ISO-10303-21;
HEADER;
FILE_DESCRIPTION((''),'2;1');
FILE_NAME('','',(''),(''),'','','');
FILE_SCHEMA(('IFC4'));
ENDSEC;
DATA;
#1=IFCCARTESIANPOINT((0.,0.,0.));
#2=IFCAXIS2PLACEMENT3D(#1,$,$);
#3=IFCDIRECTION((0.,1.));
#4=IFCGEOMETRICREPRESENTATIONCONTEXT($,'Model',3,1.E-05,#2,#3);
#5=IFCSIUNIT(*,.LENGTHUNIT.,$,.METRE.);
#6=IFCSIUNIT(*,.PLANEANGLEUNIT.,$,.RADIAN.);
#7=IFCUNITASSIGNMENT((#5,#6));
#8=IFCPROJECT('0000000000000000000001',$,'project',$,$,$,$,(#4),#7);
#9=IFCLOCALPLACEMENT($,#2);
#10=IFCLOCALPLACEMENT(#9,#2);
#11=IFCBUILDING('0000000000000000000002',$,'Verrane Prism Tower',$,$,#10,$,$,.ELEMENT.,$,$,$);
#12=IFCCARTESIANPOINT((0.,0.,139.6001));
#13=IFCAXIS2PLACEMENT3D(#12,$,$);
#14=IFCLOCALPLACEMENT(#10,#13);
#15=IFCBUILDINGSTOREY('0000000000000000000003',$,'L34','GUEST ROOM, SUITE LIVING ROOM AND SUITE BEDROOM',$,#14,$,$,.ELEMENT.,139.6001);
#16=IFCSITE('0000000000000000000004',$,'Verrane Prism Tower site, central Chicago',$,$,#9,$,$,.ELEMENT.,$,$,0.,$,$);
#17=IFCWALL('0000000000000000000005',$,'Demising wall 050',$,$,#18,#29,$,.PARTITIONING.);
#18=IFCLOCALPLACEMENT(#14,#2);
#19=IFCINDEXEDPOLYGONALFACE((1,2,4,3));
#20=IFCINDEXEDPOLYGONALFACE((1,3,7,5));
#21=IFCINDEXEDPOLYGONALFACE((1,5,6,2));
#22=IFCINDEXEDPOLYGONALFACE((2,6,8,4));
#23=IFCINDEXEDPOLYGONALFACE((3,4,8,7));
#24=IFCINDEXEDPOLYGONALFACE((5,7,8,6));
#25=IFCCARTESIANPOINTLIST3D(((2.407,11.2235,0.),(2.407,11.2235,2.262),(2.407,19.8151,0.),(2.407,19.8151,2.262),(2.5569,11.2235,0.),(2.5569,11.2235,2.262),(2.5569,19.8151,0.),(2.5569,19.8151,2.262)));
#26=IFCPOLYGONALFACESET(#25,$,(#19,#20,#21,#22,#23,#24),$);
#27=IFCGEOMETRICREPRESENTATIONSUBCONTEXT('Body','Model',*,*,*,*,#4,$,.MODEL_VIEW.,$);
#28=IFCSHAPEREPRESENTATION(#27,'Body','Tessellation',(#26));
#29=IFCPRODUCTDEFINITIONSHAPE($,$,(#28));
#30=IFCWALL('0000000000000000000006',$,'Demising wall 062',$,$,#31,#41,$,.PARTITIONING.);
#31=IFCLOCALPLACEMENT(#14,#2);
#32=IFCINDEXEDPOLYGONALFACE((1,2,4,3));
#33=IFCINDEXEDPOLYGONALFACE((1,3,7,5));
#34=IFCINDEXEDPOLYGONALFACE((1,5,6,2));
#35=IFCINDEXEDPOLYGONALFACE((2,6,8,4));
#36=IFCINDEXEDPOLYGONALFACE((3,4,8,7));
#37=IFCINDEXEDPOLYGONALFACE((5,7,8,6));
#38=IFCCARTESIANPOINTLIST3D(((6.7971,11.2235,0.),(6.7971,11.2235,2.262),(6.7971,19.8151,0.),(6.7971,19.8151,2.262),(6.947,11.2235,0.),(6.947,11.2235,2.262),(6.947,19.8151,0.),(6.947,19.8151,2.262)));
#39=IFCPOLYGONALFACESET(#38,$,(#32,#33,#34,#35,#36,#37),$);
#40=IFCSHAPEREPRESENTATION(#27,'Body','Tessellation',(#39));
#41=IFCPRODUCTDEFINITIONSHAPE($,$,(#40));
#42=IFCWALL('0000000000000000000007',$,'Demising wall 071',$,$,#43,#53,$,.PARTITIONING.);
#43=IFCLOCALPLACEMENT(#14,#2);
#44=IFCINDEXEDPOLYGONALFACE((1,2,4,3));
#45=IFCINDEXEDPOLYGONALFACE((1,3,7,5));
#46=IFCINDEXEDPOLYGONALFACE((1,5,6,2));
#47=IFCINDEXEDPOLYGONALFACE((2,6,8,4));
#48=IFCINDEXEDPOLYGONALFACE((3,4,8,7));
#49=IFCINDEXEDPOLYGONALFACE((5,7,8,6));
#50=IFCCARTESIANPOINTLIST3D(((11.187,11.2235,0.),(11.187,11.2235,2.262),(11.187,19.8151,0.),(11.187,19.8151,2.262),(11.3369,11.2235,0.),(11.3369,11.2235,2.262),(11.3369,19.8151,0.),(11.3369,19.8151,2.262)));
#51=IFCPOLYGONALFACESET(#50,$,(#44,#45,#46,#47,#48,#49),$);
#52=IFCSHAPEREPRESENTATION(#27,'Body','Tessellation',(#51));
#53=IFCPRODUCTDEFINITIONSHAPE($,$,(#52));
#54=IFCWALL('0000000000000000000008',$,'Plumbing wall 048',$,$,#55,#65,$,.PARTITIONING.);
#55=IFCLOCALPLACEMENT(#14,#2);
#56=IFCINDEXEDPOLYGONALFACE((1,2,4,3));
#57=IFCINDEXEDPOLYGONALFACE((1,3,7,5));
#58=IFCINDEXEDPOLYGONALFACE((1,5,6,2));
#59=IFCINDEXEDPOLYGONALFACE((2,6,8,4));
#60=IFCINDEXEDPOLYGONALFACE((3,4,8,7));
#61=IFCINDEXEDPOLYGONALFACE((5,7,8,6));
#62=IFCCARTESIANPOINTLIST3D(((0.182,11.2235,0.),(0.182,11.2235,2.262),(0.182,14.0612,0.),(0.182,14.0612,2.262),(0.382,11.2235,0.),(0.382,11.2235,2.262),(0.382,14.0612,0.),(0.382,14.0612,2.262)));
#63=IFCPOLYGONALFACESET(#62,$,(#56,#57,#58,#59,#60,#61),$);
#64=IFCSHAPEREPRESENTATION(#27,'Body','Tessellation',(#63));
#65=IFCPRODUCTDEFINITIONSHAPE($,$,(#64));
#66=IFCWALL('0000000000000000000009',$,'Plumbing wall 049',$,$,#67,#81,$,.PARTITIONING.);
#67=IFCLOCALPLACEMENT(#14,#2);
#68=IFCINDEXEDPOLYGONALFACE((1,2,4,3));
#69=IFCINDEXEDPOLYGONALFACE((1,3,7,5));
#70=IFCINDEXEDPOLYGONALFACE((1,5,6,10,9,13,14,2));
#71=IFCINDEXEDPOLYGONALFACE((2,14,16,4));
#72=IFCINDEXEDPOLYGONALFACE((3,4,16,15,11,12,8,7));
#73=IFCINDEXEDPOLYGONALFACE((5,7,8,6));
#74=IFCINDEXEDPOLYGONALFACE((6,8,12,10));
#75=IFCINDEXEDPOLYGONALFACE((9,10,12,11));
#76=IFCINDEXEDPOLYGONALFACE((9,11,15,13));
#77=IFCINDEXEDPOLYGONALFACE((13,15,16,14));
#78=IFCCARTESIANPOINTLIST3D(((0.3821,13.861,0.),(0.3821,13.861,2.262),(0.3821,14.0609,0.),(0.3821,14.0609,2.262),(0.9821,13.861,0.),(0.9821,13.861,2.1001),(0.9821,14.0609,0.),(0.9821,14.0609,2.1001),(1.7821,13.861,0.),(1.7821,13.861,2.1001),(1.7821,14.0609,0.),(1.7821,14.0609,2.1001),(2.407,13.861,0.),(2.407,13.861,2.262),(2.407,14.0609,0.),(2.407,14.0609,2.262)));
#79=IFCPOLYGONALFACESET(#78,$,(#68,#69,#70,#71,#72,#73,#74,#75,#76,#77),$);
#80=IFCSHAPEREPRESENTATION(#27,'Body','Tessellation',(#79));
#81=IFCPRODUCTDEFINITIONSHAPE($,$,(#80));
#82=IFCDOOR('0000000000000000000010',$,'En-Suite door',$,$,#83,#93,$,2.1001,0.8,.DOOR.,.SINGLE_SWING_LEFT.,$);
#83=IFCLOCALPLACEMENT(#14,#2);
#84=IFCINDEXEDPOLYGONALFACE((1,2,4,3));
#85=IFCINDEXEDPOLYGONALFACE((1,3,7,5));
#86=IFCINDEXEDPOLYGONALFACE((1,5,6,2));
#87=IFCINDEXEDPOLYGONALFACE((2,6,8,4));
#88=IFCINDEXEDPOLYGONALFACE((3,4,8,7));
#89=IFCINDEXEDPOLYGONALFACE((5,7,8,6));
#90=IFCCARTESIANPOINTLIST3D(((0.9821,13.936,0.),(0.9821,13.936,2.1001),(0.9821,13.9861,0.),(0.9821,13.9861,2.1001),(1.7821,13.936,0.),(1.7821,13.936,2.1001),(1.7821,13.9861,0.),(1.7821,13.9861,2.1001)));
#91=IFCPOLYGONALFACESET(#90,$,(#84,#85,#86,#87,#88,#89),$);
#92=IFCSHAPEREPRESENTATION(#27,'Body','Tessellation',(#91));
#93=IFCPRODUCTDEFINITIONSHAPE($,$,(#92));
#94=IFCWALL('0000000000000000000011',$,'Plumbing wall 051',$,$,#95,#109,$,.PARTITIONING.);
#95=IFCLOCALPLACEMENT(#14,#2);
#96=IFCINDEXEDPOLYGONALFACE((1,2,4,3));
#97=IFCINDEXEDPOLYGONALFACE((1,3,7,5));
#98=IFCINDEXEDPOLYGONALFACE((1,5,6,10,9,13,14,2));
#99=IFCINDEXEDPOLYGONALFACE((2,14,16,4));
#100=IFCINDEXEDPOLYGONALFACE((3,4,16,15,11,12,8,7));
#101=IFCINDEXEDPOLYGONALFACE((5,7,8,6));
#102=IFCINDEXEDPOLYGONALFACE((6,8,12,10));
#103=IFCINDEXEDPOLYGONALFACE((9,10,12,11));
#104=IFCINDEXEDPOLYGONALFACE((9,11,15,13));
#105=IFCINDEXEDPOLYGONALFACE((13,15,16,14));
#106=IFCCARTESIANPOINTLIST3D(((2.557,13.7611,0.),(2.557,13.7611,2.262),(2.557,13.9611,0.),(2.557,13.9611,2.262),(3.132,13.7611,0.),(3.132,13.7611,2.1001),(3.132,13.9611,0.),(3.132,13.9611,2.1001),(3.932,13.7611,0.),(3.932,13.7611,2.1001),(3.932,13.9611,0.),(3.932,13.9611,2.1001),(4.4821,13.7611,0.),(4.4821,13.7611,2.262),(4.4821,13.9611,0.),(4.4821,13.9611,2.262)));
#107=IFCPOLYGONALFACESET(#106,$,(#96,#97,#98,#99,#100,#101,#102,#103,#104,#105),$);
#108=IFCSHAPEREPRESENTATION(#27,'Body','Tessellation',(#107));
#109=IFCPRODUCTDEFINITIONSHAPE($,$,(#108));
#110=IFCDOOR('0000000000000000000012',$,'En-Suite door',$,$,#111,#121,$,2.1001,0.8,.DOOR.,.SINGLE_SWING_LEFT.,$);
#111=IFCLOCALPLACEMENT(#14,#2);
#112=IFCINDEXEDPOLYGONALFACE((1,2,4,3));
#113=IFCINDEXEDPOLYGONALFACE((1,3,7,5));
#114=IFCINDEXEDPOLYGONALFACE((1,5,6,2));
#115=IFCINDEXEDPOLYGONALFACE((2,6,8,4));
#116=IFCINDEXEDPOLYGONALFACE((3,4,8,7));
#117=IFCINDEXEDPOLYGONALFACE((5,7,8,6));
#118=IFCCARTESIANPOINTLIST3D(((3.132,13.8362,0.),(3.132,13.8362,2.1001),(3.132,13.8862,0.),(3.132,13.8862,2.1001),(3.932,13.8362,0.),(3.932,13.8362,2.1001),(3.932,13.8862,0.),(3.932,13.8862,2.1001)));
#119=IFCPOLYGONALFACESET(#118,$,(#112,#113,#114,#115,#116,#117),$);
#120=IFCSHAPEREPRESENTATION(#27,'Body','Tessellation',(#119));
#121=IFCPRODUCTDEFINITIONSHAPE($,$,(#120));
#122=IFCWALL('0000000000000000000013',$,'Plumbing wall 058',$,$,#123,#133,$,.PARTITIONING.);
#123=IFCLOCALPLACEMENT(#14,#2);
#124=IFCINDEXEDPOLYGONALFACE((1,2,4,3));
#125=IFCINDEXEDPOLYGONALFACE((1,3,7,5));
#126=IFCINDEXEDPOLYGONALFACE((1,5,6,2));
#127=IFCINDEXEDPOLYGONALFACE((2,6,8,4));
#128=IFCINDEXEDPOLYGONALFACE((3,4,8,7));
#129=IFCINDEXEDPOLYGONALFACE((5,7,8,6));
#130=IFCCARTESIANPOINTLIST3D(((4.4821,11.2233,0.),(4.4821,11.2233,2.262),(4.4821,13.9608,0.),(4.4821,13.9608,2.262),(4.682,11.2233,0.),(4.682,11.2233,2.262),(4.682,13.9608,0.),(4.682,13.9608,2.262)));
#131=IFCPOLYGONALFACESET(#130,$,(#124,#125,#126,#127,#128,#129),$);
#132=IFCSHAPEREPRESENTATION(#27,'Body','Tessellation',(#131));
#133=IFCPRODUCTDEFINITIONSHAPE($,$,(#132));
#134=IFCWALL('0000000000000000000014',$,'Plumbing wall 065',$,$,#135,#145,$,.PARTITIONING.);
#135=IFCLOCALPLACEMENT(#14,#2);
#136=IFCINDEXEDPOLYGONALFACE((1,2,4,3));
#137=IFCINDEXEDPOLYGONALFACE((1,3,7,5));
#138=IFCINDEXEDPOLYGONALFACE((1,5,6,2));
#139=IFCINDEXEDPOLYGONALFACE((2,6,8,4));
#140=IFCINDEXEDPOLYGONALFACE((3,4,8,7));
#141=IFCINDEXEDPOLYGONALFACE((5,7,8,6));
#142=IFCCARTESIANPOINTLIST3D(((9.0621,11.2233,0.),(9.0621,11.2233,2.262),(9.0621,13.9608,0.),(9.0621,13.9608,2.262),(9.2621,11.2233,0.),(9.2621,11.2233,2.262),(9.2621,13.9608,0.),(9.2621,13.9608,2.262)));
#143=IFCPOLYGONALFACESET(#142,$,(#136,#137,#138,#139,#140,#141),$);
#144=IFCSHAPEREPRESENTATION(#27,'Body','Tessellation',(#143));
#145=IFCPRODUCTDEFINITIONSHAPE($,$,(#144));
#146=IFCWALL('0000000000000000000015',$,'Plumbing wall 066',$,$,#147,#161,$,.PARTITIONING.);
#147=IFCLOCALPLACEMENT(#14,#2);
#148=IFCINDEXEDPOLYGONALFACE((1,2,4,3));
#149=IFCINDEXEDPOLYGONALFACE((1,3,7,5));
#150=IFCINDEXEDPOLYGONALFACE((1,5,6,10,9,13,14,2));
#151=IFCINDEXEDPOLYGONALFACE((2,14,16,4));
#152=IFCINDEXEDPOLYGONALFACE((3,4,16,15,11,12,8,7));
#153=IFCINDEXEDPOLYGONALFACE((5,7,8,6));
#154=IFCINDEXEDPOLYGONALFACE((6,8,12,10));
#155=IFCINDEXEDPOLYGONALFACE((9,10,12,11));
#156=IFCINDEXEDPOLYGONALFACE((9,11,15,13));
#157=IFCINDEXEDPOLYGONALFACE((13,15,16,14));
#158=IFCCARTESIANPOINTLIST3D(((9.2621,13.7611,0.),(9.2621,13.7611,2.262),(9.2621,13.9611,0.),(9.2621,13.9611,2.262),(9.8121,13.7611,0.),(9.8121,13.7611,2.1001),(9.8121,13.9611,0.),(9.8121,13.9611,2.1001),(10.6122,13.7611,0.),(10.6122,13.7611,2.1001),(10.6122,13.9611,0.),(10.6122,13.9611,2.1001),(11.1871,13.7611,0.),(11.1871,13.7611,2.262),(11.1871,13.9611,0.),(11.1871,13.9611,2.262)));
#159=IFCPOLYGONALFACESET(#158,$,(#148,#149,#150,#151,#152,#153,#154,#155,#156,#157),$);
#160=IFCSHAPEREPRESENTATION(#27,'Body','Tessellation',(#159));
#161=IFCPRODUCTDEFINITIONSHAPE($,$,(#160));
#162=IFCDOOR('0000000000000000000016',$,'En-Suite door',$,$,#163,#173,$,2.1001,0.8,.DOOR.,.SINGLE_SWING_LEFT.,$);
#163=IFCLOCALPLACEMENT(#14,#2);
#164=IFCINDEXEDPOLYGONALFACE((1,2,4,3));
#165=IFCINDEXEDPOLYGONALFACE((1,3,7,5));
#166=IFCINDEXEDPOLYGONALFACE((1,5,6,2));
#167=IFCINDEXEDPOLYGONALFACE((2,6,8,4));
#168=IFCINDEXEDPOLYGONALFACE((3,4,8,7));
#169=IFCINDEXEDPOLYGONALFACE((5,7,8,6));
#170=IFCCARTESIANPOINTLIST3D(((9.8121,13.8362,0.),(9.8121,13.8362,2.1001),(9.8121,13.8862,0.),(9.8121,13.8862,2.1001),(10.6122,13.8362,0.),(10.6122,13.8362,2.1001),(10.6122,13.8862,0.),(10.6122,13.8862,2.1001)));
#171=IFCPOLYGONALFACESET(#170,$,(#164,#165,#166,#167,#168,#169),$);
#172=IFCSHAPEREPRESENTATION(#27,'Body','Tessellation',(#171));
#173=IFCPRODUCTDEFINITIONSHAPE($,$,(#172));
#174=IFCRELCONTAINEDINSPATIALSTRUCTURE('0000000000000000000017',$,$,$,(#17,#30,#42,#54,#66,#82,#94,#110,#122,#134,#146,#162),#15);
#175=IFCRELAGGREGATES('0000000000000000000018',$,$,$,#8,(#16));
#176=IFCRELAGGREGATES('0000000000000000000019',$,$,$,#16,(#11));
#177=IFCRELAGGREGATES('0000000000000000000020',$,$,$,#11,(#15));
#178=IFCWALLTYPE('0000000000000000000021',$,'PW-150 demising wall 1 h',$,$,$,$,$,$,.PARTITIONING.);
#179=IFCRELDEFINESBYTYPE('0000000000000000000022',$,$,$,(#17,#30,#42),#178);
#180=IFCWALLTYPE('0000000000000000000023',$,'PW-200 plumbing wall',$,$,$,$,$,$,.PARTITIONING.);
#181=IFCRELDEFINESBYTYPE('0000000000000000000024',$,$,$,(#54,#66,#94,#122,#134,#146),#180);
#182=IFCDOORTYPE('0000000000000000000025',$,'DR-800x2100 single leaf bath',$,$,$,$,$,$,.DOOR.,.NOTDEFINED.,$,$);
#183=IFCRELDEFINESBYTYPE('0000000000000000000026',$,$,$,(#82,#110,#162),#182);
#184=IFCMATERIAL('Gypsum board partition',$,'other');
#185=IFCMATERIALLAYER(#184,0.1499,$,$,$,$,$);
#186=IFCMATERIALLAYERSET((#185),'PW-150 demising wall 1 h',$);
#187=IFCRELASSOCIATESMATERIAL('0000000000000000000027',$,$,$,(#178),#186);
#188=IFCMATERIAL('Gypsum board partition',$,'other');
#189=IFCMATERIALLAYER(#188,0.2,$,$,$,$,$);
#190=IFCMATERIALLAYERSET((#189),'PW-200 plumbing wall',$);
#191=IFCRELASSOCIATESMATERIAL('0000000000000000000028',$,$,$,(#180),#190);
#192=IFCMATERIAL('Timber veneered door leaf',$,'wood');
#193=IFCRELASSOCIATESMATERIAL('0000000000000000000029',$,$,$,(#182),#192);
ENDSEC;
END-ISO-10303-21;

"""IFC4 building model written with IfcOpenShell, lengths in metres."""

from ifc_helpers import new_model, si_unit, direction, frame, frame_2d, origin, place, context, subcontext, project, spatial, rectangle, extrude, material, layer, layer_set, type_object, element, fill, save


model = new_model("IFC4")

# Units and contexts
model_context = context("Model", 3, precision=1e-05, world=origin(), true_north=direction((0.0, 1.0)))
body_context = subcontext(model_context, "Body", "Model", "MODEL_VIEW")
ifc_project = project(units=[si_unit("LENGTHUNIT", "METRE"), si_unit("PLANEANGLEUNIT", "RADIAN")], contexts=[model_context])

# Site, building, storey
site_placement = place(None, origin())
site = spatial("IfcSite", under=ifc_project, at=site_placement, Name="Verrane Prism Tower site, central Chicago", CompositionType="ELEMENT", RefElevation=0.0)
building_placement = place(site_placement, origin())
building = spatial("IfcBuilding", under=site, at=building_placement, Name="Verrane Prism Tower", CompositionType="ELEMENT")
storey_placement = place(building_placement, frame((0.0, 0.0, 139.6001)))
storey = spatial("IfcBuildingStorey", under=building, at=storey_placement, Name="L34", Description="GUEST ROOM, SUITE LIVING ROOM AND SUITE BEDROOM", CompositionType="ELEMENT", Elevation=139.6001)

# Walls
ifc_material_1 = material(Name="Gypsum board partition", Category="other")
ifc_layer_1 = layer(ifc_material_1, 0.1499)
ifc_layer_set_1 = layer_set([ifc_layer_1], Name="PW-150 demising wall 1 h")
wall_type_1 = type_object("IfcWallType", Name="PW-150 demising wall 1 h", PredefinedType="PARTITIONING", material=ifc_layer_set_1)
for number, where, z_axis, x_axis, name in (
    (1, (2.4819, 11.2234, 0.0), (0.0, 0.0, 1.0), (0.0, 1.0, 0.0), "Demising wall 050"),
    (2, (6.8721, 11.2234, 0.0), (0.0, 0.0, 1.0), (0.0, 1.0, 0.0), "Demising wall 062"),
    (3, (11.262, 11.2234, 0.0), (0.0, 0.0, 1.0), (0.0, 1.0, 0.0), "Demising wall 071"),
):
    element("IfcWall", number, at=place(storey_placement, frame(where, z_axis=z_axis, x_axis=x_axis)), inside=storey, type_object=wall_type_1, Name=name, PredefinedType="PARTITIONING", context=body_context, shape_type="SweptSolid", body=[
        extrude(rectangle(XDim=8.5916, YDim=0.1499, at=frame_2d((4.2959, 0.0))), origin(), (0.0, 0.0, 1.0), 2.262),
    ])
ifc_material_2 = material(Name="Gypsum board partition", Category="other")
ifc_layer_2 = layer(ifc_material_2, 0.2)
ifc_layer_set_2 = layer_set([ifc_layer_2], Name="PW-200 plumbing wall")
wall_type_2 = type_object("IfcWallType", Name="PW-200 plumbing wall", PredefinedType="PARTITIONING", material=ifc_layer_set_2)
wall_1_placement = place(storey_placement, frame((0.282, 11.2234, 0.0), z_axis=(0.0, 0.0, 1.0), x_axis=(0.0, 1.0, 0.0)))
element("IfcWall", 4, at=wall_1_placement, inside=storey, type_object=wall_type_2, Name="Plumbing wall 048", PredefinedType="PARTITIONING", context=body_context, shape_type="SweptSolid", body=[
    extrude(rectangle(XDim=2.8376, YDim=0.2, at=frame_2d((1.4189, 0.0))), origin(), (0.0, 0.0, 1.0), 2.262),
])

# Walls, openings, doors
wall_2_placement = place(storey_placement, frame((2.407, 13.9609, 0.0), z_axis=(0.0, 0.0, 1.0), x_axis=(-1.0, 0.0, 0.0)))
wall_2 = element("IfcWall", 5, at=wall_2_placement, inside=storey, type_object=wall_type_2, Name="Plumbing wall 049", PredefinedType="PARTITIONING", context=body_context, shape_type="SweptSolid", body=[
    extrude(rectangle(XDim=2.0249, YDim=0.2, at=frame_2d((1.0125, 0.0))), origin(), (0.0, 0.0, 1.0), 2.262),
])
opening_1_placement = place(wall_2_placement, frame((0.625, 0.0, 0.0)))
opening_1 = element("IfcOpeningElement", 6, at=opening_1_placement, cuts=wall_2, PredefinedType="OPENING", context=body_context, shape_type="SweptSolid", body=[
    extrude(rectangle(XDim=0.8, YDim=2.1001, at=frame_2d((0.3999, 1.05))), frame((0.0, 0.1099, 0.0), z_axis=(0.0, -1.0, 0.0), x_axis=(1.0, 0.0, 0.0)), (0.0, 0.0, 1.0), 0.22),
])
ifc_material_3 = material(Name="Timber veneered door leaf", Category="wood")
door_type_1 = type_object("IfcDoorType", Name="DR-800x2100 single leaf bath", OperationType="NOTDEFINED", PredefinedType="DOOR", material=ifc_material_3)
door_1_placement = place(opening_1_placement, origin())
door_1 = element("IfcDoor", 7, at=door_1_placement, inside=storey, type_object=door_type_1, Name="En-Suite door", OperationType="SINGLE_SWING_LEFT", OverallHeight=2.1001, OverallWidth=0.8, PredefinedType="DOOR", context=body_context, shape_type="SweptSolid", body=[
    extrude(rectangle(XDim=0.8, YDim=2.1001, at=frame_2d((0.3999, 1.05))), frame((0.0, 0.0249, 0.0), z_axis=(0.0, -1.0, 0.0), x_axis=(1.0, 0.0, 0.0)), (0.0, 0.0, 1.0), 0.05),
])
fill(opening_1, door_1)
wall_3_placement = place(storey_placement, frame((4.4819, 13.8611, 0.0), z_axis=(0.0, 0.0, 1.0), x_axis=(-1.0, 0.0, 0.0)))
wall_3 = element("IfcWall", 8, at=wall_3_placement, inside=storey, type_object=wall_type_2, Name="Plumbing wall 051", PredefinedType="PARTITIONING", context=body_context, shape_type="SweptSolid", body=[
    extrude(rectangle(XDim=1.925, YDim=0.2, at=frame_2d((0.9624, 0.0))), origin(), (0.0, 0.0, 1.0), 2.262),
])
opening_2_placement = place(wall_3_placement, frame((0.55, 0.0, 0.0)))
opening_2 = element("IfcOpeningElement", 9, at=opening_2_placement, cuts=wall_3, PredefinedType="OPENING", context=body_context, shape_type="SweptSolid", body=[
    extrude(rectangle(XDim=0.8, YDim=2.1001, at=frame_2d((0.3999, 1.05))), frame((0.0, 0.1099, 0.0), z_axis=(0.0, -1.0, 0.0), x_axis=(1.0, 0.0, 0.0)), (0.0, 0.0, 1.0), 0.22),
])
door_2_placement = place(opening_2_placement, origin())
door_2 = element("IfcDoor", 10, at=door_2_placement, inside=storey, type_object=door_type_1, Name="En-Suite door", OperationType="SINGLE_SWING_LEFT", OverallHeight=2.1001, OverallWidth=0.8, PredefinedType="DOOR", context=body_context, shape_type="SweptSolid", body=[
    extrude(rectangle(XDim=0.8, YDim=2.1001, at=frame_2d((0.3999, 1.05))), frame((0.0, 0.0249, 0.0), z_axis=(0.0, -1.0, 0.0), x_axis=(1.0, 0.0, 0.0)), (0.0, 0.0, 1.0), 0.05),
])
fill(opening_2, door_2)

# Walls
for number, where, z_axis, x_axis, name in (
    (11, (4.582, 11.2234, 0.0), (0.0, 0.0, 1.0), (0.0, 1.0, 0.0), "Plumbing wall 058"),
    (12, (9.1621, 11.2234, 0.0), (0.0, 0.0, 1.0), (0.0, 1.0, 0.0), "Plumbing wall 065"),
):
    element("IfcWall", number, at=place(storey_placement, frame(where, z_axis=z_axis, x_axis=x_axis)), inside=storey, type_object=wall_type_2, Name=name, PredefinedType="PARTITIONING", context=body_context, shape_type="SweptSolid", body=[
        extrude(rectangle(XDim=2.7375, YDim=0.2, at=frame_2d((1.3687, 0.0))), origin(), (0.0, 0.0, 1.0), 2.262),
    ])

# Wall, opening, door
wall_4_placement = place(storey_placement, frame((11.187, 13.8611, 0.0), z_axis=(0.0, 0.0, 1.0), x_axis=(-1.0, 0.0, 0.0)))
wall_4 = element("IfcWall", 13, at=wall_4_placement, inside=storey, type_object=wall_type_2, Name="Plumbing wall 066", PredefinedType="PARTITIONING", context=body_context, shape_type="SweptSolid", body=[
    extrude(rectangle(XDim=1.925, YDim=0.2, at=frame_2d((0.9624, 0.0))), origin(), (0.0, 0.0, 1.0), 2.262),
])
opening_3_placement = place(wall_4_placement, frame((0.575, 0.0, 0.0)))
opening_3 = element("IfcOpeningElement", 14, at=opening_3_placement, cuts=wall_4, PredefinedType="OPENING", context=body_context, shape_type="SweptSolid", body=[
    extrude(rectangle(XDim=0.8, YDim=2.1001, at=frame_2d((0.3999, 1.05))), frame((0.0, 0.1099, 0.0), z_axis=(0.0, -1.0, 0.0), x_axis=(1.0, 0.0, 0.0)), (0.0, 0.0, 1.0), 0.22),
])
door_3_placement = place(opening_3_placement, origin())
door_3 = element("IfcDoor", 15, at=door_3_placement, inside=storey, type_object=door_type_1, Name="En-Suite door", OperationType="SINGLE_SWING_LEFT", OverallHeight=2.1001, OverallWidth=0.8, PredefinedType="DOOR", context=body_context, shape_type="SweptSolid", body=[
    extrude(rectangle(XDim=0.8, YDim=2.1001, at=frame_2d((0.3999, 1.05))), frame((0.0, 0.0249, 0.0), z_axis=(0.0, -1.0, 0.0), x_axis=(1.0, 0.0, 0.0)), (0.0, 0.0, 1.0), 0.05),
])
fill(opening_3, door_3)

save(model, "model.ifc")
